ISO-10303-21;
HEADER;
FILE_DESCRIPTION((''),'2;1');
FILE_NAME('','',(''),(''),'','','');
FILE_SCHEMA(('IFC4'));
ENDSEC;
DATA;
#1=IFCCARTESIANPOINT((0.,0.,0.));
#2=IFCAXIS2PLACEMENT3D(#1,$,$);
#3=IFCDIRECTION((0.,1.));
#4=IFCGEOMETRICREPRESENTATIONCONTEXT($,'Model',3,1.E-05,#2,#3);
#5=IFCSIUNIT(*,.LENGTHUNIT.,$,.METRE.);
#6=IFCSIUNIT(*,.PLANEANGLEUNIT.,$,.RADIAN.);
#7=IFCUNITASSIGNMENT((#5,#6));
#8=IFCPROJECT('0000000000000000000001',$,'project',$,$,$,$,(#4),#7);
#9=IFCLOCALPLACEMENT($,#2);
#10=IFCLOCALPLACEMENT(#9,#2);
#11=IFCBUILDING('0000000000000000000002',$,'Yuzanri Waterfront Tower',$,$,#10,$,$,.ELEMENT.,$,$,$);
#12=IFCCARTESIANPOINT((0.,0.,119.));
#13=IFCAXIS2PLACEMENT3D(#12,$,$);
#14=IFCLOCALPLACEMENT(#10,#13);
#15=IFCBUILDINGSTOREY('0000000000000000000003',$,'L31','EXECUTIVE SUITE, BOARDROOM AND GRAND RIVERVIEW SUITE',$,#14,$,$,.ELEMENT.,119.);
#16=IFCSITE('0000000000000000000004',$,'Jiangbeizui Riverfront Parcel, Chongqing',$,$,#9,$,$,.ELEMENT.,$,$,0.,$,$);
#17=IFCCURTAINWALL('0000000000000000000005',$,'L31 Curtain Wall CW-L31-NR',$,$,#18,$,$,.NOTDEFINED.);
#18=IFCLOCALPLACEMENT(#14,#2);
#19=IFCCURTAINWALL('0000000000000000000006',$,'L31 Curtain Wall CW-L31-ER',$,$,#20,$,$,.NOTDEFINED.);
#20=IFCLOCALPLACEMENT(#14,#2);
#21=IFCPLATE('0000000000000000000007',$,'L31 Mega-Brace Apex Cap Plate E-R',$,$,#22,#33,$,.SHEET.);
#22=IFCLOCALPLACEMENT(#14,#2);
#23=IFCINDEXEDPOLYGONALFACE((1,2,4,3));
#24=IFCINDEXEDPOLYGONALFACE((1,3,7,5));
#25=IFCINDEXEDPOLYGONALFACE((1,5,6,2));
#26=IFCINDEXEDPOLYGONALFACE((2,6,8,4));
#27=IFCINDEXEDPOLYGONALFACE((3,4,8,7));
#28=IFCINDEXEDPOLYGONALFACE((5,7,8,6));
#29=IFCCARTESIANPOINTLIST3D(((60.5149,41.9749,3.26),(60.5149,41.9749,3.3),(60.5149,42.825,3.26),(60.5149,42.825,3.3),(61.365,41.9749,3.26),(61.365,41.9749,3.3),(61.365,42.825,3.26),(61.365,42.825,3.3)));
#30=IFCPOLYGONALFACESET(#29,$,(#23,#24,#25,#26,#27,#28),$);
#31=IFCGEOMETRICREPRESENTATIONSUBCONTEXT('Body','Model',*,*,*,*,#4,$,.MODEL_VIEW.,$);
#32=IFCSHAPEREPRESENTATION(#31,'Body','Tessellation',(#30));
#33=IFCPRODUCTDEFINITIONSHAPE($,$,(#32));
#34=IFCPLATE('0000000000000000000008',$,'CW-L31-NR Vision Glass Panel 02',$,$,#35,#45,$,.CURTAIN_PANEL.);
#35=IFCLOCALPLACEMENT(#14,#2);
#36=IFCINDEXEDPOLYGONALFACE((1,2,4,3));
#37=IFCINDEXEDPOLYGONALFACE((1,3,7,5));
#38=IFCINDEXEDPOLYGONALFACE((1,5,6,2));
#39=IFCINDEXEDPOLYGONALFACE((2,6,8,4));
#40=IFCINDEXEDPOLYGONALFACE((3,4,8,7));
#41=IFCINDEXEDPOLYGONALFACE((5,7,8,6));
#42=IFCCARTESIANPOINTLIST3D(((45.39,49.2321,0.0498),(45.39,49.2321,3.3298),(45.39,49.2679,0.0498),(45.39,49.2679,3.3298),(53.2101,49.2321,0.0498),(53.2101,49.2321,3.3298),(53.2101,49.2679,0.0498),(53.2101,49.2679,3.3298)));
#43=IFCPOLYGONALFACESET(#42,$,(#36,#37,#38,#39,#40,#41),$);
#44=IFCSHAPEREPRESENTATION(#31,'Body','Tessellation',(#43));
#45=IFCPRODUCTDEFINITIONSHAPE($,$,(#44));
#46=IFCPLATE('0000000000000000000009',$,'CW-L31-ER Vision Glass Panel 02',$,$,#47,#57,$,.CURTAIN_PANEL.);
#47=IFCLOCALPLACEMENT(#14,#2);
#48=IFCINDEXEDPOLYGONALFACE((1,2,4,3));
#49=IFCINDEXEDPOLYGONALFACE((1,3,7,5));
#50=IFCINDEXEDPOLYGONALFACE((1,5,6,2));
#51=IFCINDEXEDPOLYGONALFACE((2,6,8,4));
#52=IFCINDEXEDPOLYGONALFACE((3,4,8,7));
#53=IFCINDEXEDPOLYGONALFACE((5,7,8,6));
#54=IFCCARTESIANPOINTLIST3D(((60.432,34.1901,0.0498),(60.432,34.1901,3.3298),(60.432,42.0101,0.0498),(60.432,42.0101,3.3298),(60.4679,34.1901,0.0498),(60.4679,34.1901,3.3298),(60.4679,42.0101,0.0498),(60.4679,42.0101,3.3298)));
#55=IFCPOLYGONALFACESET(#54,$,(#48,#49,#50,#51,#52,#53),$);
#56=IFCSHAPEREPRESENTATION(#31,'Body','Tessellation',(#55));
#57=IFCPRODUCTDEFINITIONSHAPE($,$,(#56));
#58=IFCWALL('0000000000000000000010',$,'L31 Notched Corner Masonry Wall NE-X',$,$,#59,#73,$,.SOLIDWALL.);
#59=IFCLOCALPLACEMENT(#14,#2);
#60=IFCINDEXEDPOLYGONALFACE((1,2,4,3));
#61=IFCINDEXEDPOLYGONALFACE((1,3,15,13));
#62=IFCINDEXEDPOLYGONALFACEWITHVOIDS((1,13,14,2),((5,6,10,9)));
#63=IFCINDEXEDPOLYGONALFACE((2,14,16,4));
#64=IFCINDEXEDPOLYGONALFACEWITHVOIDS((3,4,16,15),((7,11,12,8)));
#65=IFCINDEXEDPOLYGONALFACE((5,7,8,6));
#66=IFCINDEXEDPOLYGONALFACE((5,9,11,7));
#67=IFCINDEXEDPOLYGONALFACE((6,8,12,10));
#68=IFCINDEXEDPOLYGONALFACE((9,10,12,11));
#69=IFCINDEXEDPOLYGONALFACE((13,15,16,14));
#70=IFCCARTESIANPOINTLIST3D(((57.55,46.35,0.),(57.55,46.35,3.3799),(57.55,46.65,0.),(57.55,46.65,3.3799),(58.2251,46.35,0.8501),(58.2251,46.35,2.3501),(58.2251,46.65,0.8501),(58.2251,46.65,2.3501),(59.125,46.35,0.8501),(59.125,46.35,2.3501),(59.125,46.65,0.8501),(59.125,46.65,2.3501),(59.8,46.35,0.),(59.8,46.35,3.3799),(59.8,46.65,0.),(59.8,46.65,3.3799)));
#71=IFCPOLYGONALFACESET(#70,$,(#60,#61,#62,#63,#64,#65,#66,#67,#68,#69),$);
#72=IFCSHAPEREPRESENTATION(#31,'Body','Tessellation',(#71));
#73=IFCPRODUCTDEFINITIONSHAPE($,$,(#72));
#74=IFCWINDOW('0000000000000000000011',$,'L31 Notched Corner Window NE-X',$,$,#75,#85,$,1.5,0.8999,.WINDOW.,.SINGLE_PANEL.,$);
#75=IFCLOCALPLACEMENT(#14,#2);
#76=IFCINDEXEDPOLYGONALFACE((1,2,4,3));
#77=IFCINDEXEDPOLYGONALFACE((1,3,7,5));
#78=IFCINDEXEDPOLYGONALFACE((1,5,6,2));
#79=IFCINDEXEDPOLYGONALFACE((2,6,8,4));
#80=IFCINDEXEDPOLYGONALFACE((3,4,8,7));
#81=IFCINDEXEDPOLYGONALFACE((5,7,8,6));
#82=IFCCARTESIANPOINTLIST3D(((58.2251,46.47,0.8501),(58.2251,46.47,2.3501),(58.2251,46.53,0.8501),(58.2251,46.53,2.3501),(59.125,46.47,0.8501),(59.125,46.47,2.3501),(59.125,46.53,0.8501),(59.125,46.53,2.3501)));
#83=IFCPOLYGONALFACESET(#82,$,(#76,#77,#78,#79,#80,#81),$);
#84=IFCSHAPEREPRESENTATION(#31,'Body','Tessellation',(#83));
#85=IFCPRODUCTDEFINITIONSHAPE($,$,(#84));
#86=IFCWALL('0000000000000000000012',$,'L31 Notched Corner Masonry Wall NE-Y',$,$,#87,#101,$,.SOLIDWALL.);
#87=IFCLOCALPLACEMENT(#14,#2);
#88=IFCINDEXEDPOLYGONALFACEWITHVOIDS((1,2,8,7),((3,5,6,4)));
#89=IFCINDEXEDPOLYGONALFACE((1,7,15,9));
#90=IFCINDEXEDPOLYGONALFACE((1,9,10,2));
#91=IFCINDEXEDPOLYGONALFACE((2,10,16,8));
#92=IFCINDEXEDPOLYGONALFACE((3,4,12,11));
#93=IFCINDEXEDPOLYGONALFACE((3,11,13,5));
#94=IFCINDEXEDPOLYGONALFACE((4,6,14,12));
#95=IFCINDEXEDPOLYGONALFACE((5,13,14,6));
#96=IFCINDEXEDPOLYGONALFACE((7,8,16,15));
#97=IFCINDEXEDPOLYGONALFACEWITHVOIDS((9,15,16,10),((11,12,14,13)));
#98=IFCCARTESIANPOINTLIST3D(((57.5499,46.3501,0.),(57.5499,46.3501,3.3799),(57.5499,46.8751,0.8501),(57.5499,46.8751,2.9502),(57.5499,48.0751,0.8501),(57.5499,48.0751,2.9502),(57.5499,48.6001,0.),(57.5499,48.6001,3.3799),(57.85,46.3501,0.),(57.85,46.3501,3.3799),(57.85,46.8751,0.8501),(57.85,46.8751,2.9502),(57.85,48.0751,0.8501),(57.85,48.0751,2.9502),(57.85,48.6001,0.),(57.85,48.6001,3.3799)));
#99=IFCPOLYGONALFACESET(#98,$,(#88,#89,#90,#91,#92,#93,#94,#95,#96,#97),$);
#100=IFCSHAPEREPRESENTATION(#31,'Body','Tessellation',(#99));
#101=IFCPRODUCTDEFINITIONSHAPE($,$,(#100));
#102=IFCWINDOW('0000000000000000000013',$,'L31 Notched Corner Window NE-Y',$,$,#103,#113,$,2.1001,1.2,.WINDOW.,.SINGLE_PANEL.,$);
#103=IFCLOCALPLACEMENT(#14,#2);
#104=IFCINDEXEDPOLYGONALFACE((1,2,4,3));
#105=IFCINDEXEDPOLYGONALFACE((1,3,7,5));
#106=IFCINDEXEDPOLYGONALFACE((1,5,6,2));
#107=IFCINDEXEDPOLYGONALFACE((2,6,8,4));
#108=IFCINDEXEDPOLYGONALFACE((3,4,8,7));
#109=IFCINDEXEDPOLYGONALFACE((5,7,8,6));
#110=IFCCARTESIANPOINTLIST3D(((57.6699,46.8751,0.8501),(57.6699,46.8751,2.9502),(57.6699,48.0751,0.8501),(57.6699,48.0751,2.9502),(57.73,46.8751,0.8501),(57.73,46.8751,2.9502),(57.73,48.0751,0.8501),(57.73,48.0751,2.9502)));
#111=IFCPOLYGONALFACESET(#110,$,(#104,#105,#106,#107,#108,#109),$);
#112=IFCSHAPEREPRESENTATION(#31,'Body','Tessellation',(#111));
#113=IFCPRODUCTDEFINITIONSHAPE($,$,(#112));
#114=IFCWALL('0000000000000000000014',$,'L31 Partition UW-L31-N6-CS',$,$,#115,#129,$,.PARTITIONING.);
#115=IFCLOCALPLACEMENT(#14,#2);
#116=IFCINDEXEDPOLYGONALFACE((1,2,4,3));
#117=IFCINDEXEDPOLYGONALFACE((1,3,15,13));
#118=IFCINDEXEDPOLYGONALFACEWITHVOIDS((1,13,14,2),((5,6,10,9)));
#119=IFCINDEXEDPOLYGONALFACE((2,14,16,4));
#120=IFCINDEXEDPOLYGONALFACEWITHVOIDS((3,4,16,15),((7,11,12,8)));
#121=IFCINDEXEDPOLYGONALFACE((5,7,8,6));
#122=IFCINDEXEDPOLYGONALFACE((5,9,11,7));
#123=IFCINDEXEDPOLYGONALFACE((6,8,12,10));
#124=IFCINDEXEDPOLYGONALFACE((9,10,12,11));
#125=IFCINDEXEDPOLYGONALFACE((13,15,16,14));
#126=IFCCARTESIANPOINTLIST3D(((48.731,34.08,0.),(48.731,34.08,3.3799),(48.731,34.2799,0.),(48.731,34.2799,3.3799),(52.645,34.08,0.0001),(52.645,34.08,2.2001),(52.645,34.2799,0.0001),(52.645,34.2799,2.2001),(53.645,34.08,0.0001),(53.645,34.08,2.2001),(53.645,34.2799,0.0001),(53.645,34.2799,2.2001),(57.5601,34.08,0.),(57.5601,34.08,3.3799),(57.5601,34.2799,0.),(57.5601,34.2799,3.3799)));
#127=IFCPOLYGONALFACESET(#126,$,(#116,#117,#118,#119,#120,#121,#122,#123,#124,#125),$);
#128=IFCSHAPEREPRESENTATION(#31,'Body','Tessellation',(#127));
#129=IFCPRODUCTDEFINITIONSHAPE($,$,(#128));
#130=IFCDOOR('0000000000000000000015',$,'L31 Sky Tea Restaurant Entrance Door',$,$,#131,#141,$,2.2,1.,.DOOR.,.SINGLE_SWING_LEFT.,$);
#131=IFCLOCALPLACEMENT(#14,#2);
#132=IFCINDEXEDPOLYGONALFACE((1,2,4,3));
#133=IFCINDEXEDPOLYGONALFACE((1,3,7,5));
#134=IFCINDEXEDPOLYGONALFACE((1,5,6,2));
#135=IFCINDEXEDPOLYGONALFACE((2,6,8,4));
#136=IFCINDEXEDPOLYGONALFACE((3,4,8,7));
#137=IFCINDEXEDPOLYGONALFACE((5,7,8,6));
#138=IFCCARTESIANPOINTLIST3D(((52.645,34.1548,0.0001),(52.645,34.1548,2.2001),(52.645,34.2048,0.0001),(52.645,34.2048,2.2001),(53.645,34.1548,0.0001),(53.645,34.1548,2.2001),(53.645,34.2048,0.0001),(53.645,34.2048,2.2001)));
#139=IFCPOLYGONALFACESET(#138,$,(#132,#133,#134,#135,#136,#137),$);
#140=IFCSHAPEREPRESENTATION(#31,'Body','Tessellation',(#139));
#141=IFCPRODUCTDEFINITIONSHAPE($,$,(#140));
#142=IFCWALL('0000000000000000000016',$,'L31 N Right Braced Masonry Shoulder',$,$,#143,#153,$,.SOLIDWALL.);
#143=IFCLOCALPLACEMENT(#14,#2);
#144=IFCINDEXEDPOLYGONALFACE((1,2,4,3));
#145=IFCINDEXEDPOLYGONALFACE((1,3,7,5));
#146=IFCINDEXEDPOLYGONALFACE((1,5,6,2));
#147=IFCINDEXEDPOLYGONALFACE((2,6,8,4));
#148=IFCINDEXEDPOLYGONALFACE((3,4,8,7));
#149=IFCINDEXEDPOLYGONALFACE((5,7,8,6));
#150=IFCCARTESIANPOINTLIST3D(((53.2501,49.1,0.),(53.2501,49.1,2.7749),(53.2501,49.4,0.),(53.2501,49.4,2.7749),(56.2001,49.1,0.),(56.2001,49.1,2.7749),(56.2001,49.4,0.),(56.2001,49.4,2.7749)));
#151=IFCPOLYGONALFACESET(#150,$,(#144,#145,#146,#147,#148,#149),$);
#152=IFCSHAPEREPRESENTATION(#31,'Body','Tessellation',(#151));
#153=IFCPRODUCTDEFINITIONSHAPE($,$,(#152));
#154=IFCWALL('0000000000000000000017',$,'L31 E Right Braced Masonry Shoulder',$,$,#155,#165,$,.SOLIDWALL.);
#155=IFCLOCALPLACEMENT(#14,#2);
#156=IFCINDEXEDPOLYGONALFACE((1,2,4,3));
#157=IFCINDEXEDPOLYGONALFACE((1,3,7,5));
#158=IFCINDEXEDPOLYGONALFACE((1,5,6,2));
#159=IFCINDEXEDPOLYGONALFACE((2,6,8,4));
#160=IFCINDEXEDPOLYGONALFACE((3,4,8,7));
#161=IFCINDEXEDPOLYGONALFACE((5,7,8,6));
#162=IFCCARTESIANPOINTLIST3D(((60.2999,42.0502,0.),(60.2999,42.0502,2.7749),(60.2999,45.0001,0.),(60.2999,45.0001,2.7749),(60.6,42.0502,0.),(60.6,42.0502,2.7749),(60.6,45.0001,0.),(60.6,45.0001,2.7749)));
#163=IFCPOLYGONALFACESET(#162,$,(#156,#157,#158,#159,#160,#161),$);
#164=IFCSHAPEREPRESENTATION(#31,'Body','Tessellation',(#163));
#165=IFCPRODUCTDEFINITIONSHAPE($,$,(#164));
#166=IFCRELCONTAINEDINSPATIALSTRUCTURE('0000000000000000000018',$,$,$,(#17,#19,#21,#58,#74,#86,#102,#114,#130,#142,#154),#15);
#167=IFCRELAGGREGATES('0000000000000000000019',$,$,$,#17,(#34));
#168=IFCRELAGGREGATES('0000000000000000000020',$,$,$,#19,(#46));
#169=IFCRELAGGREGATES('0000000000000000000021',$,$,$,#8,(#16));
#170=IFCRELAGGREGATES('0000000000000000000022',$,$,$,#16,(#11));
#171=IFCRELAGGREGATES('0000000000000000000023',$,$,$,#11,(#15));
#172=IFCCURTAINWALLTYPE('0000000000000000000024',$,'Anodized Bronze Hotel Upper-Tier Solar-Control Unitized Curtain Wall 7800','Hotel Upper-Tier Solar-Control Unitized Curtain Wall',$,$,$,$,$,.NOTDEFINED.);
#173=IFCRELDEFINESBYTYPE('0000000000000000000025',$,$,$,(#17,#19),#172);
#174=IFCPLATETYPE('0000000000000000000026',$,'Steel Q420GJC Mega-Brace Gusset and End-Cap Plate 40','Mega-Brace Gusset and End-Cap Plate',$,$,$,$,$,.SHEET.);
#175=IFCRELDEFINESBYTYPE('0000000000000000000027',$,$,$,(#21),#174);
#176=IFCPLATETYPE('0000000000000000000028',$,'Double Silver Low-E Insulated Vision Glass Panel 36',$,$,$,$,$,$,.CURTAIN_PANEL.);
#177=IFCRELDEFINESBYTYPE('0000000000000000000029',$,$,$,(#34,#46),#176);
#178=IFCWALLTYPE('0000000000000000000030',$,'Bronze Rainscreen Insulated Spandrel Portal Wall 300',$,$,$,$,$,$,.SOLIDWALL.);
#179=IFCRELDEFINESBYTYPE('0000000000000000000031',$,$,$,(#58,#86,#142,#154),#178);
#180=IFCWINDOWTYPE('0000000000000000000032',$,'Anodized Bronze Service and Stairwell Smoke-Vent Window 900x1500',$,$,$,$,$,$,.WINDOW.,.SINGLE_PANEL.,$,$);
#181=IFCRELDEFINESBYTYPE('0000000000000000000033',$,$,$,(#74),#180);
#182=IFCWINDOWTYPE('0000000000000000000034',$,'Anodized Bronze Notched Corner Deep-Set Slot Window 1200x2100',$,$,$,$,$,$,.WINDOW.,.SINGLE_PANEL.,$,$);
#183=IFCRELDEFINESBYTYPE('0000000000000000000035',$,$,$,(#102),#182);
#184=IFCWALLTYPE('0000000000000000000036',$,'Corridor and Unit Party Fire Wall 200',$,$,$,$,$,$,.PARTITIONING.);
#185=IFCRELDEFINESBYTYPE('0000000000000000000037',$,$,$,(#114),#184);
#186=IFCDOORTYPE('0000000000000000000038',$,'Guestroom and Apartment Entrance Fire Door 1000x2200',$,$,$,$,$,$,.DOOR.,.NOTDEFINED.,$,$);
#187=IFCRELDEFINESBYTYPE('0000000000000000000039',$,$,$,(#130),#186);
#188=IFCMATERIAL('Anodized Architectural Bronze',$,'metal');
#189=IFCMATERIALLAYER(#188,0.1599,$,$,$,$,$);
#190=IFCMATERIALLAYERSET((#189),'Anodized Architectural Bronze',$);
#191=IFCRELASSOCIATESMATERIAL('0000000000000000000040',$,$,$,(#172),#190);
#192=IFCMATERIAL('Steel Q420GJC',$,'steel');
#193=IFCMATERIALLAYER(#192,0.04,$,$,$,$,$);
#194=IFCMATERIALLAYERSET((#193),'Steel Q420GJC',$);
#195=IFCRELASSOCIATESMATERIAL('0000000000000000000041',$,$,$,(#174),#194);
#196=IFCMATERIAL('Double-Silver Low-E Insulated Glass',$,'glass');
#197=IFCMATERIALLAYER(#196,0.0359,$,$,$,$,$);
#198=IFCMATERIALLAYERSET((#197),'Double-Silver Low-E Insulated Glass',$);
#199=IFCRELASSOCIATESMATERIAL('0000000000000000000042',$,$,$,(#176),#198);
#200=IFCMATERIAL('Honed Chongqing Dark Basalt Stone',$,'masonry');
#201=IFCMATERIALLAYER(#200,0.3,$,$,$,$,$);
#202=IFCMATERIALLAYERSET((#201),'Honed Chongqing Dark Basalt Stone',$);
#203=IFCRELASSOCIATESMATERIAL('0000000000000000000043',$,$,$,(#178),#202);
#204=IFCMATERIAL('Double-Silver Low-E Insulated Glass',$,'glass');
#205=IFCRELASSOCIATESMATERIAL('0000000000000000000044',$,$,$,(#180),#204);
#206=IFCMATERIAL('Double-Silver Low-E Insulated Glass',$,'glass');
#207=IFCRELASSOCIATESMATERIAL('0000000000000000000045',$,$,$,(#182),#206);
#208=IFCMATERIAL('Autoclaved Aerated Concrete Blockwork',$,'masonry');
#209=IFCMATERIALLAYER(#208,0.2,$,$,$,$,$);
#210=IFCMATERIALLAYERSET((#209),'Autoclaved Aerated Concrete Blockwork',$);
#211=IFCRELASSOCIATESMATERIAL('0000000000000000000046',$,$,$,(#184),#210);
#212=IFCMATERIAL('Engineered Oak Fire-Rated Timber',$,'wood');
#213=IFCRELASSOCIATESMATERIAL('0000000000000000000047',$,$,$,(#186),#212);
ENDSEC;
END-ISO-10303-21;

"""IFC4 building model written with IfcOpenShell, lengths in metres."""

from ifc_helpers import new_model, si_unit, direction, frame, frame_2d, origin, origin_2d, place, context, subcontext, project, spatial, rectangle, extrude, source, transform, mapped, material, layer, layer_set, type_object, element, fill, aggregate, save


model = new_model("IFC4")

# Units and contexts
model_context = context("Model", 3, precision=1e-05, world=origin(), true_north=direction((0.0, 1.0)))
body_context = subcontext(model_context, "Body", "Model", "MODEL_VIEW")
ifc_project = project(units=[si_unit("LENGTHUNIT", "METRE"), si_unit("PLANEANGLEUNIT", "RADIAN")], contexts=[model_context])

# Site, building, storey
site_placement = place(None, origin())
site = spatial("IfcSite", under=ifc_project, at=site_placement, Name="Jiangbeizui Riverfront Parcel, Chongqing", CompositionType="ELEMENT", RefElevation=0.0)
building_placement = place(site_placement, origin())
building = spatial("IfcBuilding", under=site, at=building_placement, Name="Yuzanri Waterfront Tower", CompositionType="ELEMENT")
storey_placement = place(building_placement, frame((0.0, 0.0, 119.0)))
storey = spatial("IfcBuildingStorey", under=building, at=storey_placement, Name="L31", Description="EXECUTIVE SUITE, BOARDROOM AND GRAND RIVERVIEW SUITE", CompositionType="ELEMENT", Elevation=119.0)

# Curtain walls
ifc_material_1 = material(Name="Anodized Architectural Bronze", Category="metal")
ifc_layer_1 = layer(ifc_material_1, 0.1599)
ifc_layer_set_1 = layer_set([ifc_layer_1], Name="Anodized Architectural Bronze")
curtain_wall_type = type_object("IfcCurtainWallType", Name="Anodized Bronze Hotel Upper-Tier Solar-Control Unitized Curtain Wall 7800", Description="Hotel Upper-Tier Solar-Control Unitized Curtain Wall", PredefinedType="NOTDEFINED", material=ifc_layer_set_1)
curtain_wall_1_placement = place(storey_placement, origin())
curtain_wall_1 = element("IfcCurtainWall", 1, at=curtain_wall_1_placement, inside=storey, type_object=curtain_wall_type, Name="L31 Curtain Wall CW-L31-NR", PredefinedType="NOTDEFINED")
curtain_wall_2_placement = place(storey_placement, origin())
curtain_wall_2 = element("IfcCurtainWall", 2, at=curtain_wall_2_placement, inside=storey, type_object=curtain_wall_type, Name="L31 Curtain Wall CW-L31-ER", PredefinedType="NOTDEFINED")

# Plate
ifc_material_2 = material(Name="Steel Q420GJC", Category="steel")
ifc_layer_2 = layer(ifc_material_2, 0.04)
ifc_layer_set_2 = layer_set([ifc_layer_2], Name="Steel Q420GJC")
plate_type_1 = type_object("IfcPlateType", Name="Steel Q420GJC Mega-Brace Gusset and End-Cap Plate 40", Description="Mega-Brace Gusset and End-Cap Plate", PredefinedType="SHEET", material=ifc_layer_set_2)
shared_shape_1 = source(origin(), body_context, "Body", "SweptSolid", [
    extrude(rectangle(XDim=0.8501, YDim=0.8501, at=origin_2d()), origin(), (0.0, 0.0, 1.0), 0.04),
])
for number, where, z_axis, x_axis, name in (
    (3, (60.9399, 42.3999, 3.26), (0.0, 0.0, 1.0), (1.0, 0.0, 0.0), "L31 Mega-Brace Apex Cap Plate E-R"),
):
    element("IfcPlate", number, at=place(storey_placement, frame(where, z_axis=z_axis, x_axis=x_axis)), inside=storey, type_object=plate_type_1, Name=name, PredefinedType="SHEET", context=body_context, shape_type="MappedRepresentation", body=[
        mapped(shared_shape_1, transform((0.0, 0.0, 0.0), scale=1.0)),
    ])

# Plates
ifc_material_3 = material(Name="Double-Silver Low-E Insulated Glass", Category="glass")
ifc_layer_3 = layer(ifc_material_3, 0.0359)
ifc_layer_set_3 = layer_set([ifc_layer_3], Name="Double-Silver Low-E Insulated Glass")
plate_type_2 = type_object("IfcPlateType", Name="Double Silver Low-E Insulated Vision Glass Panel 36", PredefinedType="CURTAIN_PANEL", material=ifc_layer_set_3)
shared_shape_2 = source(origin(), body_context, "Body", "SweptSolid", [
    extrude(rectangle(XDim=7.8201, YDim=0.0359, at=origin_2d()), origin(), (0.0, 0.0, 1.0), 3.28),
])
plate_1_placement = place(storey_placement, frame((49.3, 49.25, 0.0498), z_axis=(0.0, 0.0, 1.0), x_axis=(1.0, 0.0, 0.0)))
plate_1 = element("IfcPlate", 4, at=plate_1_placement, type_object=plate_type_2, Name="CW-L31-NR Vision Glass Panel 02", PredefinedType="CURTAIN_PANEL", context=body_context, shape_type="MappedRepresentation", body=[
    mapped(shared_shape_2, transform((0.0, 0.0, 0.0), scale=1.0)),
])
aggregate(curtain_wall_1, [plate_1])
plate_2_placement = place(storey_placement, frame((60.45, 38.1001, 0.0498), z_axis=(0.0, 0.0, 1.0), x_axis=(0.0, 1.0, 0.0)))
plate_2 = element("IfcPlate", 5, at=plate_2_placement, type_object=plate_type_2, Name="CW-L31-ER Vision Glass Panel 02", PredefinedType="CURTAIN_PANEL", context=body_context, shape_type="MappedRepresentation", body=[
    mapped(shared_shape_2, transform((0.0, 0.0, 0.0), scale=1.0)),
])
aggregate(curtain_wall_2, [plate_2])

# Walls, openings, windows
ifc_material_4 = material(Name="Honed Chongqing Dark Basalt Stone", Category="masonry")
ifc_layer_4 = layer(ifc_material_4, 0.3)
ifc_layer_set_4 = layer_set([ifc_layer_4], Name="Honed Chongqing Dark Basalt Stone")
wall_type_1 = type_object("IfcWallType", Name="Bronze Rainscreen Insulated Spandrel Portal Wall 300", PredefinedType="SOLIDWALL", material=ifc_layer_set_4)
wall_1_placement = place(storey_placement, frame((59.8, 46.5, 0.0), z_axis=(0.0, 0.0, 1.0), x_axis=(-1.0, 0.0, 0.0)))
wall_1 = element("IfcWall", 6, at=wall_1_placement, inside=storey, type_object=wall_type_1, Name="L31 Notched Corner Masonry Wall NE-X", PredefinedType="SOLIDWALL", context=body_context, shape_type="SweptSolid", body=[
    extrude(rectangle(XDim=2.25, YDim=0.3, at=frame_2d((1.125, 0.0))), origin(), (0.0, 0.0, 1.0), 3.3799),
])
opening_1_placement = place(wall_1_placement, frame((0.675, 0.0, 0.8501)))
opening_1 = element("IfcOpeningElement", 7, at=opening_1_placement, cuts=wall_1, PredefinedType="OPENING", context=body_context, shape_type="SweptSolid", body=[
    extrude(rectangle(XDim=0.8999, YDim=1.5, at=frame_2d((0.45, 0.75))), frame((0.0, 0.165, 0.0), z_axis=(0.0, -1.0, 0.0), x_axis=(1.0, 0.0, 0.0)), (0.0, 0.0, 1.0), 0.3298),
])
ifc_material_5 = material(Name="Double-Silver Low-E Insulated Glass", Category="glass")
window_type_1 = type_object("IfcWindowType", Name="Anodized Bronze Service and Stairwell Smoke-Vent Window 900x1500", PartitioningType="SINGLE_PANEL", PredefinedType="WINDOW", material=ifc_material_5)
shared_shape_3 = source(origin(), body_context, "Body", "SweptSolid", [
    extrude(rectangle(XDim=0.8999, YDim=1.5, at=frame_2d((0.45, 0.75))), frame((0.0, 0.03, 0.0), z_axis=(0.0, -1.0, 0.0), x_axis=(1.0, 0.0, 0.0)), (0.0, 0.0, 1.0), 0.0601),
])
window_1_placement = place(opening_1_placement, origin())
window_1 = element("IfcWindow", 8, at=window_1_placement, inside=storey, type_object=window_type_1, Name="L31 Notched Corner Window NE-X", OverallHeight=1.5, OverallWidth=0.8999, PartitioningType="SINGLE_PANEL", PredefinedType="WINDOW", context=body_context, shape_type="MappedRepresentation", body=[
    mapped(shared_shape_3, transform((0.0, 0.0, 0.0), scale=1.0)),
])
fill(opening_1, window_1)
wall_2_placement = place(storey_placement, frame((57.7, 46.3501, 0.0), z_axis=(0.0, 0.0, 1.0), x_axis=(0.0, 1.0, 0.0)))
wall_2 = element("IfcWall", 9, at=wall_2_placement, inside=storey, type_object=wall_type_1, Name="L31 Notched Corner Masonry Wall NE-Y", PredefinedType="SOLIDWALL", context=body_context, shape_type="SweptSolid", body=[
    extrude(rectangle(XDim=2.25, YDim=0.3, at=frame_2d((1.125, 0.0))), origin(), (0.0, 0.0, 1.0), 3.3799),
])
opening_2_placement = place(wall_2_placement, frame((0.5249, 0.0, 0.8501)))
opening_2 = element("IfcOpeningElement", 10, at=opening_2_placement, cuts=wall_2, PredefinedType="OPENING", context=body_context, shape_type="SweptSolid", body=[
    extrude(rectangle(XDim=1.2, YDim=2.1001, at=frame_2d((0.6001, 1.05))), frame((0.0, 0.165, 0.0), z_axis=(0.0, -1.0, 0.0), x_axis=(1.0, 0.0, 0.0)), (0.0, 0.0, 1.0), 0.3298),
])
ifc_material_6 = material(Name="Double-Silver Low-E Insulated Glass", Category="glass")
window_type_2 = type_object("IfcWindowType", Name="Anodized Bronze Notched Corner Deep-Set Slot Window 1200x2100", PartitioningType="SINGLE_PANEL", PredefinedType="WINDOW", material=ifc_material_6)
shared_shape_4 = source(origin(), body_context, "Body", "SweptSolid", [
    extrude(rectangle(XDim=1.2, YDim=2.1001, at=frame_2d((0.6001, 1.05))), frame((0.0, 0.03, 0.0), z_axis=(0.0, -1.0, 0.0), x_axis=(1.0, 0.0, 0.0)), (0.0, 0.0, 1.0), 0.0601),
])
window_2_placement = place(opening_2_placement, origin())
window_2 = element("IfcWindow", 11, at=window_2_placement, inside=storey, type_object=window_type_2, Name="L31 Notched Corner Window NE-Y", OverallHeight=2.1001, OverallWidth=1.2, PartitioningType="SINGLE_PANEL", PredefinedType="WINDOW", context=body_context, shape_type="MappedRepresentation", body=[
    mapped(shared_shape_4, transform((0.0, 0.0, 0.0), scale=1.0)),
])
fill(opening_2, window_2)

# Wall, opening, door
ifc_material_7 = material(Name="Autoclaved Aerated Concrete Blockwork", Category="masonry")
ifc_layer_5 = layer(ifc_material_7, 0.2)
ifc_layer_set_5 = layer_set([ifc_layer_5], Name="Autoclaved Aerated Concrete Blockwork")
wall_type_2 = type_object("IfcWallType", Name="Corridor and Unit Party Fire Wall 200", PredefinedType="PARTITIONING", material=ifc_layer_set_5)
wall_3_placement = place(storey_placement, frame((48.731, 34.1799, 0.0), z_axis=(0.0, 0.0, 1.0), x_axis=(1.0, 0.0, 0.0)))
wall_3 = element("IfcWall", 12, at=wall_3_placement, inside=storey, type_object=wall_type_2, Name="L31 Partition UW-L31-N6-CS", PredefinedType="PARTITIONING", context=body_context, shape_type="SweptSolid", body=[
    extrude(rectangle(XDim=8.8291, YDim=0.2, at=frame_2d((4.4146, 0.0))), origin(), (0.0, 0.0, 1.0), 3.3799),
])
opening_3_placement = place(wall_3_placement, frame((3.9141, 0.0, 0.0)))
opening_3 = element("IfcOpeningElement", 13, at=opening_3_placement, cuts=wall_3, PredefinedType="OPENING", context=body_context, shape_type="SweptSolid", body=[
    extrude(rectangle(XDim=1.0, YDim=2.2, at=frame_2d((0.5, 1.1001))), frame((0.0, 0.1147, 0.0), z_axis=(0.0, -1.0, 0.0), x_axis=(1.0, 0.0, 0.0)), (0.0, 0.0, 1.0), 0.2297),
])
ifc_material_8 = material(Name="Engineered Oak Fire-Rated Timber", Category="wood")
door_type = type_object("IfcDoorType", Name="Guestroom and Apartment Entrance Fire Door 1000x2200", OperationType="NOTDEFINED", PredefinedType="DOOR", material=ifc_material_8)
shared_shape_5 = source(origin(), body_context, "Body", "SweptSolid", [
    extrude(rectangle(XDim=1.0, YDim=2.2, at=frame_2d((0.5, 1.1001))), frame((0.0, 0.0249, 0.0), z_axis=(0.0, -1.0, 0.0), x_axis=(1.0, 0.0, 0.0)), (0.0, 0.0, 1.0), 0.05),
])
door_placement = place(opening_3_placement, origin())
door = element("IfcDoor", 14, at=door_placement, inside=storey, type_object=door_type, Name="L31 Sky Tea Restaurant Entrance Door", OperationType="SINGLE_SWING_LEFT", OverallHeight=2.2, OverallWidth=1.0, PredefinedType="DOOR", context=body_context, shape_type="MappedRepresentation", body=[
    mapped(shared_shape_5, transform((0.0, 0.0, 0.0), scale=1.0)),
])
fill(opening_3, door)

# Walls
shared_shape_6 = source(origin(), body_context, "Body", "SweptSolid", [
    extrude(rectangle(XDim=2.95, YDim=0.3, at=frame_2d((1.4751, 0.0))), origin(), (0.0, 0.0, 1.0), 2.7749),
])
for number, where, z_axis, x_axis, name in (
    (15, (53.25, 49.25, 0.0), (0.0, 0.0, 1.0), (1.0, 0.0, 0.0), "L31 N Right Braced Masonry Shoulder"),
    (16, (60.45, 42.05, 0.0), (0.0, 0.0, 1.0), (0.0, 1.0, 0.0), "L31 E Right Braced Masonry Shoulder"),
):
    element("IfcWall", number, at=place(storey_placement, frame(where, z_axis=z_axis, x_axis=x_axis)), inside=storey, type_object=wall_type_1, Name=name, PredefinedType="SOLIDWALL", context=body_context, shape_type="MappedRepresentation", body=[
        mapped(shared_shape_6, transform((0.0, 0.0, 0.0), scale=1.0)),
    ])

save(model, "model.ifc")
